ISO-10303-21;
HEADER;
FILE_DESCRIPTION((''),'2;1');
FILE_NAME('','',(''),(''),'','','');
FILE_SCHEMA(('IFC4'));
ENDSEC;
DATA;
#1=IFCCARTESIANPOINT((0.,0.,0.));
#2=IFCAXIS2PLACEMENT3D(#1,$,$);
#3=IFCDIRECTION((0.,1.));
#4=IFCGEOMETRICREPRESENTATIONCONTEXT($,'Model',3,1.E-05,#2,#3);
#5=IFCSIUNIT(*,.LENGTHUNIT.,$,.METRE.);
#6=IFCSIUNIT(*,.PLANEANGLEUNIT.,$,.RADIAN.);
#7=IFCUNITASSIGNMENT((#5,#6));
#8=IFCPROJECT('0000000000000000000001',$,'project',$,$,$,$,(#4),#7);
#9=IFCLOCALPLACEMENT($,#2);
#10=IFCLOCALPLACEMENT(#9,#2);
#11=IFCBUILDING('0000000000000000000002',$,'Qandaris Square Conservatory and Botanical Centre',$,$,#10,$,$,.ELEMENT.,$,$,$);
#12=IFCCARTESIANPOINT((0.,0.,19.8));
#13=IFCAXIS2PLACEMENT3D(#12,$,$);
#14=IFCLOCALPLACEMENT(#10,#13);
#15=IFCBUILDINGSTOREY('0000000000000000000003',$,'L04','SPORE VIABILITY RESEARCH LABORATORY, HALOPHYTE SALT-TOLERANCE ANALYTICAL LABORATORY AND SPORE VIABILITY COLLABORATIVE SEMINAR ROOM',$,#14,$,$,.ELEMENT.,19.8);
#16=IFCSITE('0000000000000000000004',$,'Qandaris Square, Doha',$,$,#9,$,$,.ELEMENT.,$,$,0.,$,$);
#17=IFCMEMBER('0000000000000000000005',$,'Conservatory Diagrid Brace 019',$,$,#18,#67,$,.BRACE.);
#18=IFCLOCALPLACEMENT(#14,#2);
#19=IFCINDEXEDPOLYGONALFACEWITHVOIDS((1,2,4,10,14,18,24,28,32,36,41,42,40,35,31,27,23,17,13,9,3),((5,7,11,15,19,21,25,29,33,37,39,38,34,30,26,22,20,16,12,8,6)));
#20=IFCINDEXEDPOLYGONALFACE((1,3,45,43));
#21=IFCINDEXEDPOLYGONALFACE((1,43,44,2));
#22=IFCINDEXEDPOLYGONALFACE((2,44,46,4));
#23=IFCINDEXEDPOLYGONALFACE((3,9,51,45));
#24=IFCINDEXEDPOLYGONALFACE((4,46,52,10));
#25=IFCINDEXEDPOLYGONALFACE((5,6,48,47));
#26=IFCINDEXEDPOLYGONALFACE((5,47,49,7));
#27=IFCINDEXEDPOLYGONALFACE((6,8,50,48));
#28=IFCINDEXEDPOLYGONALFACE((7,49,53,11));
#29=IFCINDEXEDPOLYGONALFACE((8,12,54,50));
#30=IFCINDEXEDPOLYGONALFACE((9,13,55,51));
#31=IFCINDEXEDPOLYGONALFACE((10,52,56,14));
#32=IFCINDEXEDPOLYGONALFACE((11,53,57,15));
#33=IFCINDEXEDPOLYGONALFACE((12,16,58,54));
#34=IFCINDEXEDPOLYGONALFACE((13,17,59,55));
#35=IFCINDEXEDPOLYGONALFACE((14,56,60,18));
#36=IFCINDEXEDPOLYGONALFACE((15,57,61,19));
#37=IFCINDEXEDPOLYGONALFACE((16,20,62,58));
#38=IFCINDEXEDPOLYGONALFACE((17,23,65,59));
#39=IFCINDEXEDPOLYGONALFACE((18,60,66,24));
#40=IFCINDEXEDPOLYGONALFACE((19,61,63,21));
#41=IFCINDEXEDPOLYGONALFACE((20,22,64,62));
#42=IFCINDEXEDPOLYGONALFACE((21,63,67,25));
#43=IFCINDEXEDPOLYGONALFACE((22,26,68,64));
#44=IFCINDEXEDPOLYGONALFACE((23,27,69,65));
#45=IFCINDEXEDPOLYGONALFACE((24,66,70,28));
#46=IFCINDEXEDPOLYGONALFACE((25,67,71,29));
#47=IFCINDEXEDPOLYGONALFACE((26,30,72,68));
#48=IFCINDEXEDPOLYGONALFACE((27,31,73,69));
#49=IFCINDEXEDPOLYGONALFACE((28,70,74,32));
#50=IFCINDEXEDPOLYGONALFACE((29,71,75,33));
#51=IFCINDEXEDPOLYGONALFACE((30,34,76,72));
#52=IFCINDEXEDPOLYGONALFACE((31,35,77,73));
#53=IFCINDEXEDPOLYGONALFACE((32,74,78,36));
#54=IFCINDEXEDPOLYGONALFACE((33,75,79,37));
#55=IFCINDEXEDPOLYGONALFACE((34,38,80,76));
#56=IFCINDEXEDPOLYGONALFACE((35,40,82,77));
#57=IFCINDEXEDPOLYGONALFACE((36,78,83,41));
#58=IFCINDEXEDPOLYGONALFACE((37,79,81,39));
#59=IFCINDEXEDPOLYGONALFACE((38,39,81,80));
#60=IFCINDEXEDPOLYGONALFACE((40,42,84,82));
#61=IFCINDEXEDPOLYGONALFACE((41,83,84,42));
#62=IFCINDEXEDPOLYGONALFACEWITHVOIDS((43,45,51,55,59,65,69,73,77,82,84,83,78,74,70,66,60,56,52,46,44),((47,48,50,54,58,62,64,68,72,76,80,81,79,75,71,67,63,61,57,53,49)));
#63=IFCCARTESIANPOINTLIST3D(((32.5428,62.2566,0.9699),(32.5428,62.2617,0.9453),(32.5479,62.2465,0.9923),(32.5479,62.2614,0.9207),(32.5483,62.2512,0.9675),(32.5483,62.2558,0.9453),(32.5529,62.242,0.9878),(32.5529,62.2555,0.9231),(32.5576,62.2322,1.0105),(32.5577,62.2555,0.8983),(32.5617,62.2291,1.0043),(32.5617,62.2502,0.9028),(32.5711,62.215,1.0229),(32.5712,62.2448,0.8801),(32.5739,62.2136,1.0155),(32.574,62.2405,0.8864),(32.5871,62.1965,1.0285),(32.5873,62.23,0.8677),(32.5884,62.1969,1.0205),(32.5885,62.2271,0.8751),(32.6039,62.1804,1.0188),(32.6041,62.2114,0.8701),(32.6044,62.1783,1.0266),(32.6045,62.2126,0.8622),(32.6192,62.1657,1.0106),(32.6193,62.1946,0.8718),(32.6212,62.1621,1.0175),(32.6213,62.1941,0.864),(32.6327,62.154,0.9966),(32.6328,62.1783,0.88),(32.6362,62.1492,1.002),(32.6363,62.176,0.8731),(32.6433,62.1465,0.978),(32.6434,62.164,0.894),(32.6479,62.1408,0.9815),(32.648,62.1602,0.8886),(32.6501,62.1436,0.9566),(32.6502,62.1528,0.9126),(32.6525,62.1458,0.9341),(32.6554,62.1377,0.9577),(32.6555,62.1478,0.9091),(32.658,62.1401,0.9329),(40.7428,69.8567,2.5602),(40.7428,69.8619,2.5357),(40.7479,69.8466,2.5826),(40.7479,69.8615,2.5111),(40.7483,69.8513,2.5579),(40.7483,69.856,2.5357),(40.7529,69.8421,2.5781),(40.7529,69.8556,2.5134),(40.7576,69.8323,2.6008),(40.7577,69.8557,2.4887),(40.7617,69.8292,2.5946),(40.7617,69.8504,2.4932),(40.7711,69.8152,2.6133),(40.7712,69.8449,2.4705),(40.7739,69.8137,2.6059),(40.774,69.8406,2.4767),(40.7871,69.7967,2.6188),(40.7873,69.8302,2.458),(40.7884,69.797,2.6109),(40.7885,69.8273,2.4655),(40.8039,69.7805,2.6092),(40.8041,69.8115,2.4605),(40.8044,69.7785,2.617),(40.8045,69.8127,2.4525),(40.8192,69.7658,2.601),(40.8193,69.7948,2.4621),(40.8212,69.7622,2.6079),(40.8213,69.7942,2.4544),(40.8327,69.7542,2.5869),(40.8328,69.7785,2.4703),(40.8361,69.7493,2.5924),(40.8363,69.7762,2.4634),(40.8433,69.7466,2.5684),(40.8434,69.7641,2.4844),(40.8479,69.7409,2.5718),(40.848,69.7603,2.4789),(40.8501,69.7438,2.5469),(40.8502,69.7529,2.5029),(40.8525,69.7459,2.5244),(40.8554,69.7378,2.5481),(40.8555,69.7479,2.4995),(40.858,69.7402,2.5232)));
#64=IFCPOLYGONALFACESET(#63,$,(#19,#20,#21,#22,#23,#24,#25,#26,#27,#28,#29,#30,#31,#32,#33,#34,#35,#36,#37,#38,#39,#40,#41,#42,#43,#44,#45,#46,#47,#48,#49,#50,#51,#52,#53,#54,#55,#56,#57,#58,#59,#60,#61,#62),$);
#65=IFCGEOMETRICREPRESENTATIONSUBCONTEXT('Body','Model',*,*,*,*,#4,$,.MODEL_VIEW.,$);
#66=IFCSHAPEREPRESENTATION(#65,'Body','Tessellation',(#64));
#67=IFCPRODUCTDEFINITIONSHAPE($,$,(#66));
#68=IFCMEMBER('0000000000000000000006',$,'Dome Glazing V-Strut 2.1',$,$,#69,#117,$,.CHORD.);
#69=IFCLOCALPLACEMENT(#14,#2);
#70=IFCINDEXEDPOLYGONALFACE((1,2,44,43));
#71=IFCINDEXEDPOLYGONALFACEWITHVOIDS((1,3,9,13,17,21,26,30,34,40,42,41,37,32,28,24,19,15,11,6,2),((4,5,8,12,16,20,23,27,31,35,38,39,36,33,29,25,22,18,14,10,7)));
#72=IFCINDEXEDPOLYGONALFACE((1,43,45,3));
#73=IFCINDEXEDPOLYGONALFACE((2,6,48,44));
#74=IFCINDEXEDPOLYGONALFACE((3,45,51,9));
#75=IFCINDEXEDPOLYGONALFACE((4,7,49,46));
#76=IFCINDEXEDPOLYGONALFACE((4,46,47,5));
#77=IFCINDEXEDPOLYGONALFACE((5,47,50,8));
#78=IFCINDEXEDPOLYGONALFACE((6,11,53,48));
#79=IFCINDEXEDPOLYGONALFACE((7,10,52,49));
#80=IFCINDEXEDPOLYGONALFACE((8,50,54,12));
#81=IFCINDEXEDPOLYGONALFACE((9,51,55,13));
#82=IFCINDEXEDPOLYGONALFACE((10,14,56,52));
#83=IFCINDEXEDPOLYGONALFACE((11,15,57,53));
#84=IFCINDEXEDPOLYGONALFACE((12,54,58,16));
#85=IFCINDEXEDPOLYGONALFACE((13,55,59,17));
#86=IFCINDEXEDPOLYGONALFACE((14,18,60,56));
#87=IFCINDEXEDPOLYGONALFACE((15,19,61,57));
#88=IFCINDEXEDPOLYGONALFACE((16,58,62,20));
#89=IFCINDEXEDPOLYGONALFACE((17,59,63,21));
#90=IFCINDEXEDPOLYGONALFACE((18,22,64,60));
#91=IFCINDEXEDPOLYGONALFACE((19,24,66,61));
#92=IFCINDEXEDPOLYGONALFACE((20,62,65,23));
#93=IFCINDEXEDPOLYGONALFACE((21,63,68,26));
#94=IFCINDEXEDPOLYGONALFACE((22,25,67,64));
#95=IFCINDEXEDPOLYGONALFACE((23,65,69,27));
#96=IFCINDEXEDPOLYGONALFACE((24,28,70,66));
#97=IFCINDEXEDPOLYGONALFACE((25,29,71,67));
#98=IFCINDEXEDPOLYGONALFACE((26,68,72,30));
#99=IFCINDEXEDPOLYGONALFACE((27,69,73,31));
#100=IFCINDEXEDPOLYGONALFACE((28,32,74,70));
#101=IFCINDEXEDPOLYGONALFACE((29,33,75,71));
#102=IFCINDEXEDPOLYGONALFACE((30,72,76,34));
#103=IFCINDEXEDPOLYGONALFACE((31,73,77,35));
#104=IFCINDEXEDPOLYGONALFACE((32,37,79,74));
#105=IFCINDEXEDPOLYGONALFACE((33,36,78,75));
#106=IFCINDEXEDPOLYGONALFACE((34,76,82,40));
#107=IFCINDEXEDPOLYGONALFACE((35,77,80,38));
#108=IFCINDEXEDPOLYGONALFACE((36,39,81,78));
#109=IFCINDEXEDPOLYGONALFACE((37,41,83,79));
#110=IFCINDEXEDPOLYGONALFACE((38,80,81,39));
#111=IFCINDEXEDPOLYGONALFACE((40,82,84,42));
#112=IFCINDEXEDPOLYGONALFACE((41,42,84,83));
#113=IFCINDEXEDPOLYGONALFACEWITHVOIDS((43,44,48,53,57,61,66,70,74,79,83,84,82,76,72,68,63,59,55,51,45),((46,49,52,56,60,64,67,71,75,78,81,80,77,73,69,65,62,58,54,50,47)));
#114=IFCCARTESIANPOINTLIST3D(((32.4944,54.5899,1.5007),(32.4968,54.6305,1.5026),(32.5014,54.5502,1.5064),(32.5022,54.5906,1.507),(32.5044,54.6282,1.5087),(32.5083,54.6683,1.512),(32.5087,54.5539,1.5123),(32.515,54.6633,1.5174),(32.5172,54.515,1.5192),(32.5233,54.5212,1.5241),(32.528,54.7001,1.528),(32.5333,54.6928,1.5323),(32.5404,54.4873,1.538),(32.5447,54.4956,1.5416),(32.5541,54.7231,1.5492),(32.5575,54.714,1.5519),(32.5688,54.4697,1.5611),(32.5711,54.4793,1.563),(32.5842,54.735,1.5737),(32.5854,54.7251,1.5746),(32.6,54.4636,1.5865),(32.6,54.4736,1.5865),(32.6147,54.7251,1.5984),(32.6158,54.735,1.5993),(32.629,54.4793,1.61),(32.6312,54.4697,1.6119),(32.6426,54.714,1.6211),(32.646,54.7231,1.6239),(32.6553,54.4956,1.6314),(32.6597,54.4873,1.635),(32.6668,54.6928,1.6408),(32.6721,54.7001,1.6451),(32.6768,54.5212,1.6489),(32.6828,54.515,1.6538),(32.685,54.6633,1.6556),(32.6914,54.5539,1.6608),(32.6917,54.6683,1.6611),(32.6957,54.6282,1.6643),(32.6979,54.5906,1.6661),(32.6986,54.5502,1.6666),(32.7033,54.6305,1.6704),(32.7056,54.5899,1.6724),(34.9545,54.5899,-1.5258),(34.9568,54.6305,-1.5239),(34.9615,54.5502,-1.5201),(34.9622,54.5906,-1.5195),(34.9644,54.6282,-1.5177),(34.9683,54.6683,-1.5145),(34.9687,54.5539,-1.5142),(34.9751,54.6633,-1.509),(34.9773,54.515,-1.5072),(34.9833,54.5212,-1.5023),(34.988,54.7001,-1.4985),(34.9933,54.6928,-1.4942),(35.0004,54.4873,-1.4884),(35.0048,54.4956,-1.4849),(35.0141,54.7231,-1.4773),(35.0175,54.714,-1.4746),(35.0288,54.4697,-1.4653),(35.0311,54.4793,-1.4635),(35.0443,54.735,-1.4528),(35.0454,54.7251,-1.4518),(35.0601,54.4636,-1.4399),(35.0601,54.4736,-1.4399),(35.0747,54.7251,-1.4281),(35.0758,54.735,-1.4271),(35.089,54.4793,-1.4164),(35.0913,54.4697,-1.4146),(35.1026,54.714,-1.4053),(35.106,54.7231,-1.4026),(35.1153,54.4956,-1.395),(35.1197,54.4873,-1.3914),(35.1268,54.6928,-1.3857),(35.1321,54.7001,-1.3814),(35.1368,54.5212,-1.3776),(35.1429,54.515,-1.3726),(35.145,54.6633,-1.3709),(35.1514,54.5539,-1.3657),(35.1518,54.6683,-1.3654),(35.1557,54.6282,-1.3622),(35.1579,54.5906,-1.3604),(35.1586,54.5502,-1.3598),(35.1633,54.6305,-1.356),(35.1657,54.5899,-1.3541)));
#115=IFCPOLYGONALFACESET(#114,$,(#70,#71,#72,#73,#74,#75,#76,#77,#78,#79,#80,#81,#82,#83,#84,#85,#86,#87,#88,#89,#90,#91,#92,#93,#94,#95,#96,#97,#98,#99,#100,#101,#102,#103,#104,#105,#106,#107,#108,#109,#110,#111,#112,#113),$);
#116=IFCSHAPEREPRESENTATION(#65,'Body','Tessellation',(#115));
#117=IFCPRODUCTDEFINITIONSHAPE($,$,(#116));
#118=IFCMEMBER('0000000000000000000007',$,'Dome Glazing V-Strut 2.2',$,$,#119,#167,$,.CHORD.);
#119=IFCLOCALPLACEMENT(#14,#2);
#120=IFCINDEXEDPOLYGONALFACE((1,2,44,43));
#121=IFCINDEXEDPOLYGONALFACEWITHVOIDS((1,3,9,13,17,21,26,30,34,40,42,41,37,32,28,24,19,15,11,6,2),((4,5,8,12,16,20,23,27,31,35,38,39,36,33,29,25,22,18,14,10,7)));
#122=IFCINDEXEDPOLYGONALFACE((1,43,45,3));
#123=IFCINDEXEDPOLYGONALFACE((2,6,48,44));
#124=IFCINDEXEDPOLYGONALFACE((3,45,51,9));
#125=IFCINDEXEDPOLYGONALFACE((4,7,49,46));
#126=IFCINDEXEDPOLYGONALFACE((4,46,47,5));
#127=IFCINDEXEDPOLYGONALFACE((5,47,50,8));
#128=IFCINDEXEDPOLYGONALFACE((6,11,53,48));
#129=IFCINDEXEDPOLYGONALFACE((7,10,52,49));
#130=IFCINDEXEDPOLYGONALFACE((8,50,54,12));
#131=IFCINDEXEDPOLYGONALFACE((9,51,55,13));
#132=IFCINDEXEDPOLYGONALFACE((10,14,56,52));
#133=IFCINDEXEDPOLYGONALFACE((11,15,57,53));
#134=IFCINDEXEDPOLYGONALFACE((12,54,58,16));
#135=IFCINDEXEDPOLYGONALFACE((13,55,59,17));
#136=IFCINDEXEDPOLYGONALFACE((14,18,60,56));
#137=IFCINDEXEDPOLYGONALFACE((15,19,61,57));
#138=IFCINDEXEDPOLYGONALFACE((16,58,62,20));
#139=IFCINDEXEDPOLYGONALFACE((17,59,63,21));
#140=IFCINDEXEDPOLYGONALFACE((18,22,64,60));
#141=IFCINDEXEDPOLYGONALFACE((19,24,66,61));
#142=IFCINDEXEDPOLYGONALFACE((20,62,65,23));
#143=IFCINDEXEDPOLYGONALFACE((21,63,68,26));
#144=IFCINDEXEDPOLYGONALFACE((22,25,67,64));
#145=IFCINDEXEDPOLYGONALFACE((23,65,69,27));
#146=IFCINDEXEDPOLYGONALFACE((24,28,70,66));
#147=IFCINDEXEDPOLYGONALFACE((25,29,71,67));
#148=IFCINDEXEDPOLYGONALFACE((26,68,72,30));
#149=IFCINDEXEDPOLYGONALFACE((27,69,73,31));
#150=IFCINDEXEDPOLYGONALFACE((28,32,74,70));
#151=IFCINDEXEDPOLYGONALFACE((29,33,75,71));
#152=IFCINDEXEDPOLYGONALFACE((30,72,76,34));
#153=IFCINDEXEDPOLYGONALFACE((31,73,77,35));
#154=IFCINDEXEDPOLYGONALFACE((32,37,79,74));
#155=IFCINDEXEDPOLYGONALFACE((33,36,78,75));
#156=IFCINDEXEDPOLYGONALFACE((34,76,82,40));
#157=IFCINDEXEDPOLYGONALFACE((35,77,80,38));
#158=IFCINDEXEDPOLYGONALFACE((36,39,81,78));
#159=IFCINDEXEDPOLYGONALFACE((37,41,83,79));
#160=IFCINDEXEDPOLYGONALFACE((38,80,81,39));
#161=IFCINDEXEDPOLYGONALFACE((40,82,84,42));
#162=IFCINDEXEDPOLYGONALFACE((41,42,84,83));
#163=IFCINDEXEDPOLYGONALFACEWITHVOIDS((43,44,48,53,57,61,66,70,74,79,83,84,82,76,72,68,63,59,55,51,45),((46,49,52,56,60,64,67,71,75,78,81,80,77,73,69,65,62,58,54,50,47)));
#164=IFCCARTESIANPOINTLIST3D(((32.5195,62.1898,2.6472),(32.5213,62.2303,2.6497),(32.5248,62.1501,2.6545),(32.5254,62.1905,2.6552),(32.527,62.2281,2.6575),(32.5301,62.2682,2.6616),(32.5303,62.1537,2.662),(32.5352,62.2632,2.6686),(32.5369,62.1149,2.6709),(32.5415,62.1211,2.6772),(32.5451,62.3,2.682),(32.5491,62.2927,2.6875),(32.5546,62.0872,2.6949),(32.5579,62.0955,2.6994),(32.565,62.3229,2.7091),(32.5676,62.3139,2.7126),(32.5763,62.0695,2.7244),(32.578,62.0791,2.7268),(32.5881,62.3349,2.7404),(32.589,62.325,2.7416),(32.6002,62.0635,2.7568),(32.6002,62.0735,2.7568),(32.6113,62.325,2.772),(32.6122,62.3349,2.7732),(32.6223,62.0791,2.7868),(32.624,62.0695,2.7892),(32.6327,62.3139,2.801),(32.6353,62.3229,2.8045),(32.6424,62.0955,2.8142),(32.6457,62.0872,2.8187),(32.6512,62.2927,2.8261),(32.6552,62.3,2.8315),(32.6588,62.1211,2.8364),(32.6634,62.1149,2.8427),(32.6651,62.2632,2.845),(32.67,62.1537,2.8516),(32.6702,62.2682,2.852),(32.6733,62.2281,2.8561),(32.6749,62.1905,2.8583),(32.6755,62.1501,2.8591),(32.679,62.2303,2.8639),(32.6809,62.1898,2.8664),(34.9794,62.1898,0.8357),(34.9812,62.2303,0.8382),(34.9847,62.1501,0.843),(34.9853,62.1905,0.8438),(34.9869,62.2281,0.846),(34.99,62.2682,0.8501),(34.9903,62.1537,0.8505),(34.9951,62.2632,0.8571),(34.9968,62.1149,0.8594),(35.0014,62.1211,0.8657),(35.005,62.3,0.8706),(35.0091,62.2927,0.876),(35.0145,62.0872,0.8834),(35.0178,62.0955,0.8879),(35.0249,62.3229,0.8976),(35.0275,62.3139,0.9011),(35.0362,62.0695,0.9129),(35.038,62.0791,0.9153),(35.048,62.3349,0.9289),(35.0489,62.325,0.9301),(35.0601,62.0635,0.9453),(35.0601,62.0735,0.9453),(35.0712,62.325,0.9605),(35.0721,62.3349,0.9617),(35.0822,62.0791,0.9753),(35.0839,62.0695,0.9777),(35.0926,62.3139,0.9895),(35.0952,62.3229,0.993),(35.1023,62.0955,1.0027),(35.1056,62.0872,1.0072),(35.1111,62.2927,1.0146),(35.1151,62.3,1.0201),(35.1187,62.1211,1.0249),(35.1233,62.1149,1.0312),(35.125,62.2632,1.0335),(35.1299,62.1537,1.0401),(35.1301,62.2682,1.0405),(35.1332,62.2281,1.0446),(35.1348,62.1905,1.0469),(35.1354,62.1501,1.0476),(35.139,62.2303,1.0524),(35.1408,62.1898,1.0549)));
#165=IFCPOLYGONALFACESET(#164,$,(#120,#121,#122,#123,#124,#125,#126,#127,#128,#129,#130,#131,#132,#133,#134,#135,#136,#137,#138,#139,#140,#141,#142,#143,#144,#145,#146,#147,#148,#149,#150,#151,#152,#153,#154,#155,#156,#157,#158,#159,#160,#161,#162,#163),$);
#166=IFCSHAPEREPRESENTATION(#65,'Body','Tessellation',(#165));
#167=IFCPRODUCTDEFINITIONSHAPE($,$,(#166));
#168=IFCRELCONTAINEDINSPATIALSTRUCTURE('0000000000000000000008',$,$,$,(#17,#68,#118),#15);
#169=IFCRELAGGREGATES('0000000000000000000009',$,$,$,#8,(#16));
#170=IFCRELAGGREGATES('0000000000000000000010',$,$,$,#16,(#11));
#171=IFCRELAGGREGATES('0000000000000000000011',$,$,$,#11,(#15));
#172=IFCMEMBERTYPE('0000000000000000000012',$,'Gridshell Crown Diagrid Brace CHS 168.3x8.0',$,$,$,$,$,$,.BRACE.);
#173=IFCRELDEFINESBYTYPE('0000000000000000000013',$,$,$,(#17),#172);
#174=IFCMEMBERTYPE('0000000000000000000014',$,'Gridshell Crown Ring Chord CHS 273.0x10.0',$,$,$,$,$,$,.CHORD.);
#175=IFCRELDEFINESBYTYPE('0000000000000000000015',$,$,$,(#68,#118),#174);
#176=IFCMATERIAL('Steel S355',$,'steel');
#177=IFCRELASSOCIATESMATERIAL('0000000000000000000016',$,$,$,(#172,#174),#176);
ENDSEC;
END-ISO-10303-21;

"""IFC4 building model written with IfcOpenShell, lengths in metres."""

from ifc_helpers import new_model, si_unit, direction, frame, origin, origin_2d, place, context, subcontext, project, spatial, hollow_circle, extrude, material, material_profile, profile_set, type_object, element, save


model = new_model("IFC4")

# Units and contexts
model_context = context("Model", 3, precision=1e-05, world=origin(), true_north=direction((0.0, 1.0)))
body_context = subcontext(model_context, "Body", "Model", "MODEL_VIEW")
ifc_project = project(units=[si_unit("LENGTHUNIT", "METRE"), si_unit("PLANEANGLEUNIT", "RADIAN")], contexts=[model_context])

# Site, building, storey
site_placement = place(None, origin())
site = spatial("IfcSite", under=ifc_project, at=site_placement, Name="Qandaris Square, Doha", CompositionType="ELEMENT", RefElevation=0.0)
building_placement = place(site_placement, origin())
building = spatial("IfcBuilding", under=site, at=building_placement, Name="Qandaris Square Conservatory and Botanical Centre", CompositionType="ELEMENT")
storey_placement = place(building_placement, frame((0.0, 0.0, 19.8)))
storey = spatial("IfcBuildingStorey", under=building, at=storey_placement, Name="L04", Description="SPORE VIABILITY RESEARCH LABORATORY, HALOPHYTE SALT-TOLERANCE ANALYTICAL LABORATORY AND SPORE VIABILITY COLLABORATIVE SEMINAR ROOM", CompositionType="ELEMENT", Elevation=19.8)

# Members
ifc_material = material(Name="Steel S355", Category="steel")
ifc_material_profile_1 = material_profile(ifc_material, hollow_circle(Radius=0.0842, WallThickness=0.0081, at=origin_2d()), Name="CHS 168.3x8.0")
ifc_profile_set_1 = profile_set([ifc_material_profile_1], Name="Steel S355")
member_type_1 = type_object("IfcMemberType", Name="Gridshell Crown Diagrid Brace CHS 168.3x8.0", PredefinedType="BRACE", material=ifc_profile_set_1)
member_1_placement = place(storey_placement, frame((32.6001, 62.2, 0.9453), z_axis=(0.726115, 0.672997, 0.140826), x_axis=(-0.679772, 0.733424, 0.0)))
element("IfcMember", 1, at=member_1_placement, inside=storey, type_object=member_type_1, Name="Conservatory Diagrid Brace 019", PredefinedType="BRACE", context=body_context, shape_type="SweptSolid", body=[
    extrude(hollow_circle(Radius=0.0842, WallThickness=0.0081, at=origin_2d()), origin(), (0.0, 0.0, 1.0), 11.293),
])
ifc_material_profile_2 = material_profile(ifc_material, hollow_circle(Radius=0.1365, WallThickness=0.01, at=origin_2d()), Name="CHS 273.0x10.0")
ifc_profile_set_2 = profile_set([ifc_material_profile_2], Name="Steel S355")
member_type_2 = type_object("IfcMemberType", Name="Gridshell Crown Ring Chord CHS 273.0x10.0", PredefinedType="CHORD", material=ifc_profile_set_2)
member_2_placement = place(storey_placement, frame((35.0601, 54.6001, -1.4399), z_axis=(-0.630753, 0.0, 0.775984), x_axis=(0.0, -1.0, 0.0)))
element("IfcMember", 2, at=member_2_placement, inside=storey, type_object=member_type_2, Name="Dome Glazing V-Strut 2.1", PredefinedType="CHORD", context=body_context, shape_type="SweptSolid", body=[
    extrude(hollow_circle(Radius=0.1365, WallThickness=0.01, at=origin_2d()), origin(), (0.0, 0.0, 1.0), 3.9001),
])
member_3_placement = place(storey_placement, frame((35.0601, 62.2, 0.9453), z_axis=(-0.805225, 0.0, 0.59297), x_axis=(0.0, -1.0, 0.0)))
element("IfcMember", 3, at=member_3_placement, inside=storey, type_object=member_type_2, Name="Dome Glazing V-Strut 2.2", PredefinedType="CHORD", context=body_context, shape_type="SweptSolid", body=[
    extrude(hollow_circle(Radius=0.1365, WallThickness=0.01, at=origin_2d()), origin(), (0.0, 0.0, 1.0), 3.0549),
])

save(model, "model.ifc")
